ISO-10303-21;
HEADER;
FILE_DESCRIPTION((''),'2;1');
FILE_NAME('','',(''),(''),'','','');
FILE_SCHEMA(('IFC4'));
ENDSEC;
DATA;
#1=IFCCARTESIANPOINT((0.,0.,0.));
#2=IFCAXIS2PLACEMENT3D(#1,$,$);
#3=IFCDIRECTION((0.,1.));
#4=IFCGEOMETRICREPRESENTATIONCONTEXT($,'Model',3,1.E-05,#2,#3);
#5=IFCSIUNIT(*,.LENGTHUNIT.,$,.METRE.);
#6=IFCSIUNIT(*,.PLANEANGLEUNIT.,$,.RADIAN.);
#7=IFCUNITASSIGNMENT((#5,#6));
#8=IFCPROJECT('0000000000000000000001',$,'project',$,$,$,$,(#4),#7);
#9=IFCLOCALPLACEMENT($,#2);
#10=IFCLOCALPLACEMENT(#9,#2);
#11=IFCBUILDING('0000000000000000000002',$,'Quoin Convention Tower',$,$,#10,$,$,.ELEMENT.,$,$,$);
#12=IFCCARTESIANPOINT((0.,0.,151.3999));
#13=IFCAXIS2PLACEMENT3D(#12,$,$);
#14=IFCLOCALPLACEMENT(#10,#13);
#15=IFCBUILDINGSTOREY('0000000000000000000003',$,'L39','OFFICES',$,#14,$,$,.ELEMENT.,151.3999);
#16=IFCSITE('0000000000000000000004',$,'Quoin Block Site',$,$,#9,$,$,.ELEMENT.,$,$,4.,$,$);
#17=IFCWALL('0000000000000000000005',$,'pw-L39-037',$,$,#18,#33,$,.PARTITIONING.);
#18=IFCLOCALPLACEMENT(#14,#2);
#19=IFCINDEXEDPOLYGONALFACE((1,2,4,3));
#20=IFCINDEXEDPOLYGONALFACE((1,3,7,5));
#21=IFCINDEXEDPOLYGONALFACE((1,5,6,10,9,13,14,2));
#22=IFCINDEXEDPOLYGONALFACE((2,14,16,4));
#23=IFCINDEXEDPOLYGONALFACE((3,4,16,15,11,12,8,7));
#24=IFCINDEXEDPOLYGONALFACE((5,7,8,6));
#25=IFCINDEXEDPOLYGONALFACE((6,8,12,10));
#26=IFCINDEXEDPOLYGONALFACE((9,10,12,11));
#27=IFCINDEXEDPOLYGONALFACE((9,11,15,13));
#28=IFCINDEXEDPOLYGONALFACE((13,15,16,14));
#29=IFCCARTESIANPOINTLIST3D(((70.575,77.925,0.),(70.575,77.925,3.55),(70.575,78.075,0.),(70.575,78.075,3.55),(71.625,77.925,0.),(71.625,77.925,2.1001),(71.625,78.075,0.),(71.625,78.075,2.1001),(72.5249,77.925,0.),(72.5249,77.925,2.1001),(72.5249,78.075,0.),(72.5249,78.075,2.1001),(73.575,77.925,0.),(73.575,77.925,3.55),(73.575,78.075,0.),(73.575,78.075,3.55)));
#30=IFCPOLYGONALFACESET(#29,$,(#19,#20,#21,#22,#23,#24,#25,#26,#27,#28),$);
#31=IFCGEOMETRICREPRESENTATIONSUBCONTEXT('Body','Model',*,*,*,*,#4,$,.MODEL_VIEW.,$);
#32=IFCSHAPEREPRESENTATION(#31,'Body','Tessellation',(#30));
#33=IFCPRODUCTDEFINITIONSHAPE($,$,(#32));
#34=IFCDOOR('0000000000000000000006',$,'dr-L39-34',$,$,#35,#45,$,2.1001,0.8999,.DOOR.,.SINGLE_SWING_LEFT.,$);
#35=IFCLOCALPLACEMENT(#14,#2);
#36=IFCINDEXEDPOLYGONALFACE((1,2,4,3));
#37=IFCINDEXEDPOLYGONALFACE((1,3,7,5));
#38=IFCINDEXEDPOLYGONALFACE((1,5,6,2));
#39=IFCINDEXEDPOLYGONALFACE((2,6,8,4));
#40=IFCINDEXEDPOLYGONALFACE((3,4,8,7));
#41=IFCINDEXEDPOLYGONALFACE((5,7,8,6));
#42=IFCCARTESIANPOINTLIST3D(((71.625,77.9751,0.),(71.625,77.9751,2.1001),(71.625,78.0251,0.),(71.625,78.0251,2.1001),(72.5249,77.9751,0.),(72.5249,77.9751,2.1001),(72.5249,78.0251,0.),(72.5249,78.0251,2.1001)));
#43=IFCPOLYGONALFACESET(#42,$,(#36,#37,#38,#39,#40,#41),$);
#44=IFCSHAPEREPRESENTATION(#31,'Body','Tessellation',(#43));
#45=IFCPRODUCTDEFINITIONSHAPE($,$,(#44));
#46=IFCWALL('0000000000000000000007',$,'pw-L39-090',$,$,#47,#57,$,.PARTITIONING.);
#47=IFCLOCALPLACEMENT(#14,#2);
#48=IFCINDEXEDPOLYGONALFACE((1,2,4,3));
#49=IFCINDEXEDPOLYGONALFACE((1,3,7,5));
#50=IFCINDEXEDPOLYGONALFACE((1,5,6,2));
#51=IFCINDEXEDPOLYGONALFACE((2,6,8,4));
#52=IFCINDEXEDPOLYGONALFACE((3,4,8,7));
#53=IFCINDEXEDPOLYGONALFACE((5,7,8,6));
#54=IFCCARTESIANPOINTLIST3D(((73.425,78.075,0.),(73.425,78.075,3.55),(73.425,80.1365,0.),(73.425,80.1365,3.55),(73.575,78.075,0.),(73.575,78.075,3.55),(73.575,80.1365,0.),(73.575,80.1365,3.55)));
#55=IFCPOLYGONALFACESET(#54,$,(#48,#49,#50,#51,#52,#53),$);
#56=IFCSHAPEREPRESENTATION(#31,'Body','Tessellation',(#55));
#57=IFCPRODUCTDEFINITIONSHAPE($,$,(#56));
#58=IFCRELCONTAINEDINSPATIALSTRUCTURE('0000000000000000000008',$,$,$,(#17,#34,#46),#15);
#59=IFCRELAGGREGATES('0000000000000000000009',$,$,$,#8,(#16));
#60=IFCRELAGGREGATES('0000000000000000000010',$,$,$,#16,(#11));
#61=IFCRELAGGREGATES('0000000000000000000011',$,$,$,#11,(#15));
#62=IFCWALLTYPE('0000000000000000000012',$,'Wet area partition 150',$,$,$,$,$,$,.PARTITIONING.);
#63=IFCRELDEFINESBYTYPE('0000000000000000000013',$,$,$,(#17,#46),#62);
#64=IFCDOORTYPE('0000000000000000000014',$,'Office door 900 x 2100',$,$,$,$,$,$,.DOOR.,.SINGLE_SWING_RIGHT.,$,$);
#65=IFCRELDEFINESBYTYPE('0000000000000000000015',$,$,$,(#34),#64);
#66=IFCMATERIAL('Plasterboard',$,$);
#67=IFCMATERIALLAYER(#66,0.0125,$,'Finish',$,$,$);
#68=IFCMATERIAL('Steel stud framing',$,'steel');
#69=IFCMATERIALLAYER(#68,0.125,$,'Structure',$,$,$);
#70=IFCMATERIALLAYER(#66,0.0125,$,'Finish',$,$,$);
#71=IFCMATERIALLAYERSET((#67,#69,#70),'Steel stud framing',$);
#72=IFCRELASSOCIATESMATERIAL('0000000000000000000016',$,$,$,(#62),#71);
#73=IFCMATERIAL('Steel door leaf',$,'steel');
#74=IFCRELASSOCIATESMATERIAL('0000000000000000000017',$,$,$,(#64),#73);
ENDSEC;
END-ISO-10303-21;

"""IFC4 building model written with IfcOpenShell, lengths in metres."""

from ifc_helpers import new_model, si_unit, direction, frame, frame_2d, origin, place, context, subcontext, project, spatial, rectangle, extrude, material, layer, layer_set, type_object, element, fill, save


model = new_model("IFC4")

# Units and contexts
model_context = context("Model", 3, precision=1e-05, world=origin(), true_north=direction((0.0, 1.0)))
body_context = subcontext(model_context, "Body", "Model", "MODEL_VIEW")
ifc_project = project(units=[si_unit("LENGTHUNIT", "METRE"), si_unit("PLANEANGLEUNIT", "RADIAN")], contexts=[model_context])

# Site, building, storey
site_placement = place(None, origin())
site = spatial("IfcSite", under=ifc_project, at=site_placement, Name="Quoin Block Site", CompositionType="ELEMENT", RefElevation=4.0)
building_placement = place(site_placement, origin())
building = spatial("IfcBuilding", under=site, at=building_placement, Name="Quoin Convention Tower", CompositionType="ELEMENT")
storey_placement = place(building_placement, frame((0.0, 0.0, 151.3999)))
storey = spatial("IfcBuildingStorey", under=building, at=storey_placement, Name="L39", Description="OFFICES", CompositionType="ELEMENT", Elevation=151.3999)

# Shared definitions
ifc_material_1 = material(Name="Plasterboard")
ifc_material_2 = material(Name="Steel stud framing", Category="steel")

# Wall, opening, door
ifc_layer_1 = layer(ifc_material_1, 0.0125, Name="Finish")
ifc_layer_2 = layer(ifc_material_2, 0.125, Name="Structure")
ifc_layer_3 = layer(ifc_material_1, 0.0125, Name="Finish")
ifc_layer_set_1 = layer_set([ifc_layer_1, ifc_layer_2, ifc_layer_3], Name="Steel stud framing")
wall_type_1 = type_object("IfcWallType", Name="Wet area partition 150", PredefinedType="PARTITIONING", material=ifc_layer_set_1)
wall_1_placement = place(storey_placement, frame((70.575, 78.0, 0.0), z_axis=(0.0, 0.0, 1.0), x_axis=(1.0, 0.0, 0.0)))
wall_1 = element("IfcWall", 1, at=wall_1_placement, inside=storey, type_object=wall_type_1, Name="pw-L39-037", PredefinedType="PARTITIONING", context=body_context, shape_type="SweptSolid", body=[
    extrude(rectangle(XDim=3.0, YDim=0.1499, at=frame_2d((1.5, 0.0))), origin(), (0.0, 0.0, 1.0), 3.55),
])
opening_1_placement = place(wall_1_placement, frame((1.05, 0.0, 0.0)))
opening_1 = element("IfcOpeningElement", 2, at=opening_1_placement, cuts=wall_1, PredefinedType="OPENING", context=body_context, shape_type="SweptSolid", body=[
    extrude(rectangle(XDim=0.8999, YDim=2.1001, at=frame_2d((0.45, 1.05))), frame((0.0, 0.085, 0.0), z_axis=(0.0, -1.0, 0.0), x_axis=(1.0, 0.0, 0.0)), (0.0, 0.0, 1.0), 0.1699),
])
ifc_material_3 = material(Name="Steel door leaf", Category="steel")
door_type = type_object("IfcDoorType", Name="Office door 900 x 2100", OperationType="SINGLE_SWING_RIGHT", PredefinedType="DOOR", material=ifc_material_3)
door_placement = place(opening_1_placement, frame((0.8999, 0.0, 0.0), z_axis=(0.0, 0.0, 1.0), x_axis=(-1.0, 0.0, 0.0)))
door = element("IfcDoor", 3, at=door_placement, inside=storey, type_object=door_type, Name="dr-L39-34", OperationType="SINGLE_SWING_LEFT", OverallHeight=2.1001, OverallWidth=0.8999, PredefinedType="DOOR", context=body_context, shape_type="SweptSolid", body=[
    extrude(rectangle(XDim=0.8999, YDim=2.1001, at=frame_2d((0.45, 1.05))), frame((0.0, 0.0249, 0.0), z_axis=(0.0, -1.0, 0.0), x_axis=(1.0, 0.0, 0.0)), (0.0, 0.0, 1.0), 0.05),
])
fill(opening_1, door)

# Wall
wall_2_placement = place(storey_placement, frame((73.5, 78.075, 0.0), z_axis=(0.0, 0.0, 1.0), x_axis=(0.0, 1.0, 0.0)))
element("IfcWall", 4, at=wall_2_placement, inside=storey, type_object=wall_type_1, Name="pw-L39-090", PredefinedType="PARTITIONING", context=body_context, shape_type="SweptSolid", body=[
    extrude(rectangle(XDim=2.0615, YDim=0.1499, at=frame_2d((1.0308, 0.0))), origin(), (0.0, 0.0, 1.0), 3.55),
])

save(model, "model.ifc")
